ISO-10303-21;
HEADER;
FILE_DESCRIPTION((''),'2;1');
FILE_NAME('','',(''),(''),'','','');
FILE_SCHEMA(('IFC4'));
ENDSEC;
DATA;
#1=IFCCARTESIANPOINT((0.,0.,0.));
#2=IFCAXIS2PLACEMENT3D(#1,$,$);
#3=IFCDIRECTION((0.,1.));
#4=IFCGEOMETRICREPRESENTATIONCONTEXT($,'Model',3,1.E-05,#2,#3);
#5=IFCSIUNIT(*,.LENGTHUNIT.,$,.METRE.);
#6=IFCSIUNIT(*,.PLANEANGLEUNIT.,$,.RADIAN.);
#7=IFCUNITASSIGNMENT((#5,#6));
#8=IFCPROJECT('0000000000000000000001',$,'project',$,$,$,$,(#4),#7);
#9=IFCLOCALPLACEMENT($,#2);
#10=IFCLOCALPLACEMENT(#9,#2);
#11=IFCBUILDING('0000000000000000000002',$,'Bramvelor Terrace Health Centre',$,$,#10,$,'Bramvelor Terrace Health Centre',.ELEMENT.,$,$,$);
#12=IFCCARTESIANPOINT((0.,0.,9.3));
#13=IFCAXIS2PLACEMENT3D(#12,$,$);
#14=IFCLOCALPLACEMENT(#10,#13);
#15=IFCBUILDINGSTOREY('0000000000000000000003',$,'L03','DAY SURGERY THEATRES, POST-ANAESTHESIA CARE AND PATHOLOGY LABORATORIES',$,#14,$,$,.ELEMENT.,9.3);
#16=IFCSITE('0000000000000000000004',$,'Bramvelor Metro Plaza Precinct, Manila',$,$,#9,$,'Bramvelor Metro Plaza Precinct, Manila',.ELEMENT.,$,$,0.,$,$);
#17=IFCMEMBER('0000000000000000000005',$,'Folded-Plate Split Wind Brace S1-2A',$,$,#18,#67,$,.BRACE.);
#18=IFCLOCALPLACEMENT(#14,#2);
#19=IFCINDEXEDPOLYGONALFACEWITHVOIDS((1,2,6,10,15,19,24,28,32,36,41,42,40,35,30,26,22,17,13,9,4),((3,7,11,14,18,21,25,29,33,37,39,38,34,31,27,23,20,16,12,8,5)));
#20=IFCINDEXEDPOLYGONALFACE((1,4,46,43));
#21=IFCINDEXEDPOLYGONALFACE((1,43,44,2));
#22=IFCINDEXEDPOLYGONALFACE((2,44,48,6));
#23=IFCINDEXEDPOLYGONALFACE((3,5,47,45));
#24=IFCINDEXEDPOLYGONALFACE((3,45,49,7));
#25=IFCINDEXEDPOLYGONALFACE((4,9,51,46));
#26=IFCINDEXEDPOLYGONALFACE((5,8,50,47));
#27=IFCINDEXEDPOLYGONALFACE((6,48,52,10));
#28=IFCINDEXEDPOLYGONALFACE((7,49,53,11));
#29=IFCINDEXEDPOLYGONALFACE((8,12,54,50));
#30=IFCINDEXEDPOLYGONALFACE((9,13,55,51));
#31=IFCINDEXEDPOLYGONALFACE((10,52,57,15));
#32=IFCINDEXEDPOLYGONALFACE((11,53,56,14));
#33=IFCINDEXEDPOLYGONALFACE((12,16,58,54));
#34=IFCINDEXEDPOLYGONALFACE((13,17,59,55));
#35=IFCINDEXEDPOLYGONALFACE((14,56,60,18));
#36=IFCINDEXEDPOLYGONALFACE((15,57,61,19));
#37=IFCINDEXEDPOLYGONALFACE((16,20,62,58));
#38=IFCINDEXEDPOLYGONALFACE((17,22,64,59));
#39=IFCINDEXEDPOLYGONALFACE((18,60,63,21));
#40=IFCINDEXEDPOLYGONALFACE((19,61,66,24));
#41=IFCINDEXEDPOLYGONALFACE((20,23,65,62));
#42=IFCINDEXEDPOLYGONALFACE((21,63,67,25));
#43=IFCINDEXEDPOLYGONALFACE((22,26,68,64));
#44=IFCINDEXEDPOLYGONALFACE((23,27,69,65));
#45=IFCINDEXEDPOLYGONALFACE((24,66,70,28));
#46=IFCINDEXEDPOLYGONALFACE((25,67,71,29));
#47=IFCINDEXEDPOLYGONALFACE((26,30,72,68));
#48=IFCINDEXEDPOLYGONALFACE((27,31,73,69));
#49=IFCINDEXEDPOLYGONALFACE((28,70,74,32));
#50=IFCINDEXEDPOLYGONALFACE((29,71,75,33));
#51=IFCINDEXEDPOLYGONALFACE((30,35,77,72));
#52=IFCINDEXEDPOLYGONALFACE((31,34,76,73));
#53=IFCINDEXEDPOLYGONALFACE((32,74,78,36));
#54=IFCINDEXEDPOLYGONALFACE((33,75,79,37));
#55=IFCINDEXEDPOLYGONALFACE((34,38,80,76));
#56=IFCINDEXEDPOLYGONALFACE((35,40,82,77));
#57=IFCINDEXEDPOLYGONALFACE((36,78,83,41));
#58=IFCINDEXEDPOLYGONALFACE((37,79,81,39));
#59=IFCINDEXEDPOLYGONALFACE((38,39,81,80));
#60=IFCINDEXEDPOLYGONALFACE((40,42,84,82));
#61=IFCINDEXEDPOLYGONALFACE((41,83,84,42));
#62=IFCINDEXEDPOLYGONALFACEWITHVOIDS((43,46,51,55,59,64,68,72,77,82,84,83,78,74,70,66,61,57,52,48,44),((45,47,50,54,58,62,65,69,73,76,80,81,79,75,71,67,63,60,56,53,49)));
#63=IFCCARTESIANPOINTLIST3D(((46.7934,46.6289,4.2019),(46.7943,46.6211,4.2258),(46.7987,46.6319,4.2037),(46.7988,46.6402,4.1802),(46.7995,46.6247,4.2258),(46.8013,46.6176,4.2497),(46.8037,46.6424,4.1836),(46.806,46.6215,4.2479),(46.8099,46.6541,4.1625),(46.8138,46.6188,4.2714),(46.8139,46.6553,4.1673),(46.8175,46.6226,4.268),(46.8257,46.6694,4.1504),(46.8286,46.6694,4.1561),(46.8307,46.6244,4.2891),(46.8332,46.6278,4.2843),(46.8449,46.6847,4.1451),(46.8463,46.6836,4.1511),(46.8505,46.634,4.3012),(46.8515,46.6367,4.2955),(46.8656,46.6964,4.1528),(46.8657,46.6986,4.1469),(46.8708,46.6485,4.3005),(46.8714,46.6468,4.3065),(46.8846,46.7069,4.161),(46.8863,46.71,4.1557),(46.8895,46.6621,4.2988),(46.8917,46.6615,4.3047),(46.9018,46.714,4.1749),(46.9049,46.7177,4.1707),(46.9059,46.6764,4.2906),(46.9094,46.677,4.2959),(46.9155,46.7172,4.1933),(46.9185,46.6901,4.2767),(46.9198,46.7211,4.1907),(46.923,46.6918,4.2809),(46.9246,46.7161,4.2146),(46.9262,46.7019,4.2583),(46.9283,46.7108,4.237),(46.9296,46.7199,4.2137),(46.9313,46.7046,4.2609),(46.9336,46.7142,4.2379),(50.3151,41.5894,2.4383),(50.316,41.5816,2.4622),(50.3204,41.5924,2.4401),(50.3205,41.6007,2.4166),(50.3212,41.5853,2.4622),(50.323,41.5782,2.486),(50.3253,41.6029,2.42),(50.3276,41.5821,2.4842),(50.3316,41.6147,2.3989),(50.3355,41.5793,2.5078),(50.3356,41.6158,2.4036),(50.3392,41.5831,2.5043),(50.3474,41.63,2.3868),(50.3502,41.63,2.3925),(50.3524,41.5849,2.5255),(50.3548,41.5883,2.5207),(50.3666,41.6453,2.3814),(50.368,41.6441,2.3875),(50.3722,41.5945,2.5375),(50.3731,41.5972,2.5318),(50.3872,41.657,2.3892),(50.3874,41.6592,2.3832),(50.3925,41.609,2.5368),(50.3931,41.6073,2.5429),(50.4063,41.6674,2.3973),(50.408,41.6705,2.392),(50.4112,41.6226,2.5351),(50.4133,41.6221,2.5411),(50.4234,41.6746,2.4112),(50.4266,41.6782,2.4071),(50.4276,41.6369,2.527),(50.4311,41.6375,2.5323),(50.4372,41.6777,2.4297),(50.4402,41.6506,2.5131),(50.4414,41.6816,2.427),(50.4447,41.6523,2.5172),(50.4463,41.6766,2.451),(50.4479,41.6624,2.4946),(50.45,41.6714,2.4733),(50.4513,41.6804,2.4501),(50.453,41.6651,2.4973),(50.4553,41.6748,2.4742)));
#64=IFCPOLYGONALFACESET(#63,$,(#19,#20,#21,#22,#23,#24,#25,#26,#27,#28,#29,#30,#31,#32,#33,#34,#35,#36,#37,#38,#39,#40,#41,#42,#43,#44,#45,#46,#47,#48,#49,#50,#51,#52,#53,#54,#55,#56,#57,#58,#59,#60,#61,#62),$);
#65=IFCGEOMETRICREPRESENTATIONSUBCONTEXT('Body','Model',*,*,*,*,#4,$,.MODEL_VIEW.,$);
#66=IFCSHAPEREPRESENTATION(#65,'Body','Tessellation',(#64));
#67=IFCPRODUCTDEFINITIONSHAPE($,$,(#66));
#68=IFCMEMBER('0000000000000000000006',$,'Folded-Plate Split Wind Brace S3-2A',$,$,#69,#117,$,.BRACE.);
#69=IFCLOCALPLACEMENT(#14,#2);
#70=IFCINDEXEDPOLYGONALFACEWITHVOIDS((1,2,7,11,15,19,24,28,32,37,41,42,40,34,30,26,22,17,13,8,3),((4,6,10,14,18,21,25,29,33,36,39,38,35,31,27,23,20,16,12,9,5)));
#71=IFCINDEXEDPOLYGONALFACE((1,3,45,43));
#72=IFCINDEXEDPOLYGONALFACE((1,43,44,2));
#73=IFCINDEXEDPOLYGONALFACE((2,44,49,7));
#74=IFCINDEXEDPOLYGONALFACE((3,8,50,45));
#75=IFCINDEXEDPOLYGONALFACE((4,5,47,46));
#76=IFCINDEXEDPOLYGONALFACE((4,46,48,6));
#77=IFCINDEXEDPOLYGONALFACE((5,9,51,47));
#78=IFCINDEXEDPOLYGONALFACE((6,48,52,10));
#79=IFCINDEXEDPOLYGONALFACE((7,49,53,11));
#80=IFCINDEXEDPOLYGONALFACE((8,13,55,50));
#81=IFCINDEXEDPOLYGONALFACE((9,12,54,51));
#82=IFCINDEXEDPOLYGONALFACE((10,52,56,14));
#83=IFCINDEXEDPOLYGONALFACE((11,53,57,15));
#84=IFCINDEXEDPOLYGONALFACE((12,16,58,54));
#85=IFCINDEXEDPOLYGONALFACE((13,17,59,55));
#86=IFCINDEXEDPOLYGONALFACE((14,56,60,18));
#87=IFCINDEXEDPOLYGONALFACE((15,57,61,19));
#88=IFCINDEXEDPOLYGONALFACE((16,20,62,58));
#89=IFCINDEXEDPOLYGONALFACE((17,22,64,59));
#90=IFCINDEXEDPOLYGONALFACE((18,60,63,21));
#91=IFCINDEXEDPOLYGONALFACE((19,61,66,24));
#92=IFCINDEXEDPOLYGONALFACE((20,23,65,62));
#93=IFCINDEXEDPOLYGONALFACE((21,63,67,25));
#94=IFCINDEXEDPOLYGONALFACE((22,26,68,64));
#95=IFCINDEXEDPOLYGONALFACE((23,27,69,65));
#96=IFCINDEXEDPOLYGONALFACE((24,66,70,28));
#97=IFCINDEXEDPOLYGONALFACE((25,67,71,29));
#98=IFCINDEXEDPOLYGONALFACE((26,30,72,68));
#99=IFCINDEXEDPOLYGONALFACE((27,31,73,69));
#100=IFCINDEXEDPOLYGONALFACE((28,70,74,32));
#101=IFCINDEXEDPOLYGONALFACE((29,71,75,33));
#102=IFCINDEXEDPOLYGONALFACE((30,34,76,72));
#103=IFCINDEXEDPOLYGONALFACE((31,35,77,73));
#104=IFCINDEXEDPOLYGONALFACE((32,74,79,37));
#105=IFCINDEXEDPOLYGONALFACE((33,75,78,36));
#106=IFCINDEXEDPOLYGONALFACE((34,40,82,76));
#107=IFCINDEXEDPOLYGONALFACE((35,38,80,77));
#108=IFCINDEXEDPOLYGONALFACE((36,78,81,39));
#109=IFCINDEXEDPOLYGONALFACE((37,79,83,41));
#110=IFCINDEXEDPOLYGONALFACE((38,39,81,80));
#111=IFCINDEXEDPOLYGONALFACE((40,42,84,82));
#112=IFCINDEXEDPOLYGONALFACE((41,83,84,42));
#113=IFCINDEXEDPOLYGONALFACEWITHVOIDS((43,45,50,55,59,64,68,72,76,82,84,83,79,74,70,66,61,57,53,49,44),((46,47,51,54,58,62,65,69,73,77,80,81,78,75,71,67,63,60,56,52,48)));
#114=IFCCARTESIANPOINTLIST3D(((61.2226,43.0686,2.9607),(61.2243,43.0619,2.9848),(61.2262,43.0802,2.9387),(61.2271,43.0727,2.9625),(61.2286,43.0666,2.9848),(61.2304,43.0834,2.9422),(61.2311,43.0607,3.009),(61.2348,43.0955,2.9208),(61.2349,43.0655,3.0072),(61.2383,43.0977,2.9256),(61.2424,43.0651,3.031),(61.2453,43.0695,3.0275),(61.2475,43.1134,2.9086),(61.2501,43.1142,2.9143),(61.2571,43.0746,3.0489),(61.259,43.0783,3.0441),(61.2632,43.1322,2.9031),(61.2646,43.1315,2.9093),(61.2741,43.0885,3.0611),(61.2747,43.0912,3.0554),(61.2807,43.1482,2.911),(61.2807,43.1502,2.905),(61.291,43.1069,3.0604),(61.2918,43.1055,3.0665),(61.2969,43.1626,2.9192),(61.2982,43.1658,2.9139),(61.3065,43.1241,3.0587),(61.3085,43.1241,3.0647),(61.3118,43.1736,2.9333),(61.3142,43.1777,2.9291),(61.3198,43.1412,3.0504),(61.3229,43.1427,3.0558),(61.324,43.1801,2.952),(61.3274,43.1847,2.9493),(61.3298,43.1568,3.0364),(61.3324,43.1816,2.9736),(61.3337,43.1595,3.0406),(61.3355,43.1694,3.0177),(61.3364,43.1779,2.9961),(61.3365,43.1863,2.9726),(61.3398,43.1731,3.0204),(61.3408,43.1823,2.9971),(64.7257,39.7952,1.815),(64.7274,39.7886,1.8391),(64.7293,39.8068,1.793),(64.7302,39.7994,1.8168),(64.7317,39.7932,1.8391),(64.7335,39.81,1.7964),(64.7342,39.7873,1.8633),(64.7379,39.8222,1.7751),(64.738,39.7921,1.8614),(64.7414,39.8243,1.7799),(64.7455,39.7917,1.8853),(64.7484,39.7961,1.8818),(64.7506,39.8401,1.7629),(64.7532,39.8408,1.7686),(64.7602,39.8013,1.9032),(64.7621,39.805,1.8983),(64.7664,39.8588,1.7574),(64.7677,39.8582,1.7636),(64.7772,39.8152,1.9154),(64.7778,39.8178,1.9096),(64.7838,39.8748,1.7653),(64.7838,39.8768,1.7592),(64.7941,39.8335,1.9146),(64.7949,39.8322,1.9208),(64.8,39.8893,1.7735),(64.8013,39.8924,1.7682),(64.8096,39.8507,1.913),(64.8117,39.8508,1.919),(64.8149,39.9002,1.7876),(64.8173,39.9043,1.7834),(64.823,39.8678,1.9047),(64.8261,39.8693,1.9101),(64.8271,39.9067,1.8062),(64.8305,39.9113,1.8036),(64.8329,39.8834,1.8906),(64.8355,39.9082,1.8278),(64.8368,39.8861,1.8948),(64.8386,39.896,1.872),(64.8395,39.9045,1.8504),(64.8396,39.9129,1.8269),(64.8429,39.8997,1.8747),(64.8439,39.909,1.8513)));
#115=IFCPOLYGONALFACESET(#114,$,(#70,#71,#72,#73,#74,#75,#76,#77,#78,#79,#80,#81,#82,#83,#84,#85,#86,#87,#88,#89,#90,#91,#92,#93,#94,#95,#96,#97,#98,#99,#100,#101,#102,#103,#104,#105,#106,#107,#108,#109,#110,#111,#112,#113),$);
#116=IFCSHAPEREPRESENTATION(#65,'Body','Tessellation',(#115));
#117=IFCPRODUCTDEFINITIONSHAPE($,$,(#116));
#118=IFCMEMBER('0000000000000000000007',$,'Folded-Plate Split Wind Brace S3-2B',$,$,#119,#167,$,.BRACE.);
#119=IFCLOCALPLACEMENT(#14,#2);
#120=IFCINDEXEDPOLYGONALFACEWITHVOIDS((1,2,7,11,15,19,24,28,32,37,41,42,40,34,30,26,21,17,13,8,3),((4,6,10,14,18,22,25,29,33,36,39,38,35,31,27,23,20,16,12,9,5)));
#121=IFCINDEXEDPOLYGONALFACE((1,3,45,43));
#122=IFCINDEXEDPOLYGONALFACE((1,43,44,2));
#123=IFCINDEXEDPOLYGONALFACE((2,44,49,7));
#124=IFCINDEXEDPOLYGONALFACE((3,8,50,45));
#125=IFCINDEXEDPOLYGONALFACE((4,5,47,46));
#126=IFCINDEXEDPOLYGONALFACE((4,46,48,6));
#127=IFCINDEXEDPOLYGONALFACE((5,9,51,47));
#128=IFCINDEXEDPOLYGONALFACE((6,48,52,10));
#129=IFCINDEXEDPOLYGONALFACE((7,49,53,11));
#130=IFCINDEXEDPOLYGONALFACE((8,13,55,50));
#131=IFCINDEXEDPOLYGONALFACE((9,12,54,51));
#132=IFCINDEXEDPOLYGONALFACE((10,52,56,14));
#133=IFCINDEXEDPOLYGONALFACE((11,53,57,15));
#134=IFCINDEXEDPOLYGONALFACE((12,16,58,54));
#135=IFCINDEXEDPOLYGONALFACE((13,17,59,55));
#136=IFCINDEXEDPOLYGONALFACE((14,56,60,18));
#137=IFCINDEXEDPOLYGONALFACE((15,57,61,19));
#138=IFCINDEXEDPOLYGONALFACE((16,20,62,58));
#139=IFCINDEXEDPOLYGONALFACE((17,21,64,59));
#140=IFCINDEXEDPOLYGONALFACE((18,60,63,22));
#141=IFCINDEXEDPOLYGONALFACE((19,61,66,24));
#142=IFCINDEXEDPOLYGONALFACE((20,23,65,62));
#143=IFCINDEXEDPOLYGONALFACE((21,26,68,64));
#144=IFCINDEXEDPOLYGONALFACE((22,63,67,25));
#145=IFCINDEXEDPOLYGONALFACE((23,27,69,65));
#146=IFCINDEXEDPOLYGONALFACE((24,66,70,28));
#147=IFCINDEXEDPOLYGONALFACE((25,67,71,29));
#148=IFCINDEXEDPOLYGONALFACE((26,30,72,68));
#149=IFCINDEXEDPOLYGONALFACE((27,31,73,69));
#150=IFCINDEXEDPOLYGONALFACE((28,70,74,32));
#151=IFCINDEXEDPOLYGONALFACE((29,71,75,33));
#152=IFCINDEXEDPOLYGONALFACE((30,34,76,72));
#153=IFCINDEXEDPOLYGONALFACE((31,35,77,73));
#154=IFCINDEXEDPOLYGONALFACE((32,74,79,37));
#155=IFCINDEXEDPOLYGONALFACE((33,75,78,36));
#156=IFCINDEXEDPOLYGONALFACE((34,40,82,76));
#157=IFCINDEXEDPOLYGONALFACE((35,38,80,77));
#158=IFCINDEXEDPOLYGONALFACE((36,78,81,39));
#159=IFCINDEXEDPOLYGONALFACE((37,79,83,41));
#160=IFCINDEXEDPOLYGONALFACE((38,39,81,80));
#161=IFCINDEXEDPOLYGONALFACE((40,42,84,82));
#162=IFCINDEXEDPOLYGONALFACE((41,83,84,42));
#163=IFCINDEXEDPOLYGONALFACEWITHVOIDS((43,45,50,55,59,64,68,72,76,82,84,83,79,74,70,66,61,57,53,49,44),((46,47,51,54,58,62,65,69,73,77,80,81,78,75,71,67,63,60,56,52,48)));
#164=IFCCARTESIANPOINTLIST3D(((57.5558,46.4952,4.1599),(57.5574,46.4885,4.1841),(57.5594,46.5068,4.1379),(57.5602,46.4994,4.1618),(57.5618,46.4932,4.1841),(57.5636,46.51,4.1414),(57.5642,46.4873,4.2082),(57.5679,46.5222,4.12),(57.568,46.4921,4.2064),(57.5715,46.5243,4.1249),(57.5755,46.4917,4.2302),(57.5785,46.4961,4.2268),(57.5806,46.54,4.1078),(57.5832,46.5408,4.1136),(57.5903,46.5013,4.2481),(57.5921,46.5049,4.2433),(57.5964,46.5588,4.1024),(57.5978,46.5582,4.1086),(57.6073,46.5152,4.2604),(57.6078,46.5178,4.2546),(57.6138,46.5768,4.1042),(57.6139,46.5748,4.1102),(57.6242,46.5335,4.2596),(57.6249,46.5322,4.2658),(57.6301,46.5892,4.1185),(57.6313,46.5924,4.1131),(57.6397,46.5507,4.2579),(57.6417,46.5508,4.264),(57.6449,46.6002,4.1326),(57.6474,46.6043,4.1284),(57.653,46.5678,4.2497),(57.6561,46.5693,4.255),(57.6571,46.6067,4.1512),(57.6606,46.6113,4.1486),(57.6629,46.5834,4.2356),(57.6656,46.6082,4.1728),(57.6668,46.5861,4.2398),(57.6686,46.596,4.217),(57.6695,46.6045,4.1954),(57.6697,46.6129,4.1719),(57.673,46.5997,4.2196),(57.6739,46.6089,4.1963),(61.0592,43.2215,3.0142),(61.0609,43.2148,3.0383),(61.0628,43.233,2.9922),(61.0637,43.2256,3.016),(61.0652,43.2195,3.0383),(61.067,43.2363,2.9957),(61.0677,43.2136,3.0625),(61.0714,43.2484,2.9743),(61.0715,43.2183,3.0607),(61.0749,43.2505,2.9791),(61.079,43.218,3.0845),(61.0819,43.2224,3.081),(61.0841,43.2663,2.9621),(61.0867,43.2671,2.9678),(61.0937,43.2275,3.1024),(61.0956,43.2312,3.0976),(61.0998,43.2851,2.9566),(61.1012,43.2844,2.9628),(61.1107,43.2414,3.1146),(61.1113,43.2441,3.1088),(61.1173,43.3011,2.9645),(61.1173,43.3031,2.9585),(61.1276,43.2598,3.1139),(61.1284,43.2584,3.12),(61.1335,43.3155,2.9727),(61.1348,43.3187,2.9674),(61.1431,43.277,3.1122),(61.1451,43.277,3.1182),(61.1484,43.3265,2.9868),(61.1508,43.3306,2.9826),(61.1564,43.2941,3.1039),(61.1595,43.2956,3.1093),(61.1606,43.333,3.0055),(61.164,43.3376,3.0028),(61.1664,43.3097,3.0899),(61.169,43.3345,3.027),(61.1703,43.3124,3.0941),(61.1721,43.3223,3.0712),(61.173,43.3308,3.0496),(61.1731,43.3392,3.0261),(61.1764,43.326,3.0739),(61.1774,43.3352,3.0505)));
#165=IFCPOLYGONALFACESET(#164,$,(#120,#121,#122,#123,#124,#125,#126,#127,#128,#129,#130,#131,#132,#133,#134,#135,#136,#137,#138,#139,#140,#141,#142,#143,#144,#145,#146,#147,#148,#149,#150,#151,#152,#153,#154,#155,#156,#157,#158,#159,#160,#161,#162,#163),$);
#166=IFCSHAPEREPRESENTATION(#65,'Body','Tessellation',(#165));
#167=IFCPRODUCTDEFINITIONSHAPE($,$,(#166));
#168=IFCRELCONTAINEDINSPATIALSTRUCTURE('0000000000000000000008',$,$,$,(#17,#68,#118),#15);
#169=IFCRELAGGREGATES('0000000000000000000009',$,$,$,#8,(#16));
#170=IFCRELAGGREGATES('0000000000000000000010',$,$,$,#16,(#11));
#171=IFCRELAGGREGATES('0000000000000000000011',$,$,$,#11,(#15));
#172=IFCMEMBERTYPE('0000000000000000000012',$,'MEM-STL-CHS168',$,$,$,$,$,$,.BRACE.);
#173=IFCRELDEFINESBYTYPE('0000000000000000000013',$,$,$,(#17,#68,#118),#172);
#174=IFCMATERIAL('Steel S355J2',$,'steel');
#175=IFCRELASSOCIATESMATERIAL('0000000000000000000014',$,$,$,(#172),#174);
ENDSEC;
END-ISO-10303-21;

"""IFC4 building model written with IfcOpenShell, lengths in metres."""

from ifc_helpers import new_model, si_unit, direction, frame, origin, origin_2d, place, context, subcontext, project, spatial, hollow_circle, extrude, material, material_profile, profile_set, type_object, element, save


model = new_model("IFC4")

# Units and contexts
model_context = context("Model", 3, precision=1e-05, world=origin(), true_north=direction((0.0, 1.0)))
body_context = subcontext(model_context, "Body", "Model", "MODEL_VIEW")
ifc_project = project(units=[si_unit("LENGTHUNIT", "METRE"), si_unit("PLANEANGLEUNIT", "RADIAN")], contexts=[model_context])

# Site, building, storey
site_placement = place(None, origin())
site = spatial("IfcSite", under=ifc_project, at=site_placement, Name="Bramvelor Metro Plaza Precinct, Manila", LongName="Bramvelor Metro Plaza Precinct, Manila", CompositionType="ELEMENT", RefElevation=0.0)
building_placement = place(site_placement, origin())
building = spatial("IfcBuilding", under=site, at=building_placement, Name="Bramvelor Terrace Health Centre", LongName="Bramvelor Terrace Health Centre", CompositionType="ELEMENT")
storey_placement = place(building_placement, frame((0.0, 0.0, 9.3)))
storey = spatial("IfcBuildingStorey", under=building, at=storey_placement, Name="L03", Description="DAY SURGERY THEATRES, POST-ANAESTHESIA CARE AND PATHOLOGY LABORATORIES", CompositionType="ELEMENT", Elevation=9.3)

# Members
ifc_material_1 = material(Name="Steel S355J2", Category="steel")
ifc_material_profile_1 = material_profile(ifc_material_1, hollow_circle(Radius=0.0842, WallThickness=0.0063, at=origin_2d()), Name="CHS 168.3x6.3")
ifc_profile_set_1 = profile_set([ifc_material_profile_1], Name="Steel S355J2")
member_type_1 = type_object("IfcMemberType", Name="MEM-STL-CHS168", PredefinedType="BRACE", material=ifc_profile_set_1)
member_1_placement = place(storey_placement, frame((50.385, 41.6299, 2.4622), z_axis=(-0.550605, 0.787909, 0.275741), x_axis=(-0.819687, -0.572812, 0.0)))
element("IfcMember", 1, at=member_1_placement, inside=storey, type_object=member_type_1, Name="Folded-Plate Split Wind Brace S1-2A", PredefinedType="BRACE", context=body_context, shape_type="SweptSolid", body=[
    extrude(hollow_circle(Radius=0.0842, WallThickness=0.0063, at=origin_2d()), origin(), (0.0, 0.0, 1.0), 6.396),
])
member_2_placement = place(storey_placement, frame((64.7849, 39.8501, 1.8391), z_axis=(-0.710649, 0.664045, 0.232426), x_axis=(-0.682743, -0.730659, 0.0)))
element("IfcMember", 2, at=member_2_placement, inside=storey, type_object=member_type_1, Name="Folded-Plate Split Wind Brace S3-2A", PredefinedType="BRACE", context=body_context, shape_type="SweptSolid", body=[
    extrude(hollow_circle(Radius=0.0842, WallThickness=0.0063, at=origin_2d()), origin(), (0.0, 0.0, 1.0), 4.9294),
])
member_3_placement = place(storey_placement, frame((61.1184, 43.2764, 3.0383), z_axis=(-0.71065, 0.66405, 0.23241), x_axis=(-0.682744, -0.730657, 0.0)))
element("IfcMember", 3, at=member_3_placement, inside=storey, type_object=member_type_1, Name="Folded-Plate Split Wind Brace S3-2B", PredefinedType="BRACE", context=body_context, shape_type="SweptSolid", body=[
    extrude(hollow_circle(Radius=0.0842, WallThickness=0.0063, at=origin_2d()), origin(), (0.0, 0.0, 1.0), 4.9299),
])

save(model, "model.ifc")
